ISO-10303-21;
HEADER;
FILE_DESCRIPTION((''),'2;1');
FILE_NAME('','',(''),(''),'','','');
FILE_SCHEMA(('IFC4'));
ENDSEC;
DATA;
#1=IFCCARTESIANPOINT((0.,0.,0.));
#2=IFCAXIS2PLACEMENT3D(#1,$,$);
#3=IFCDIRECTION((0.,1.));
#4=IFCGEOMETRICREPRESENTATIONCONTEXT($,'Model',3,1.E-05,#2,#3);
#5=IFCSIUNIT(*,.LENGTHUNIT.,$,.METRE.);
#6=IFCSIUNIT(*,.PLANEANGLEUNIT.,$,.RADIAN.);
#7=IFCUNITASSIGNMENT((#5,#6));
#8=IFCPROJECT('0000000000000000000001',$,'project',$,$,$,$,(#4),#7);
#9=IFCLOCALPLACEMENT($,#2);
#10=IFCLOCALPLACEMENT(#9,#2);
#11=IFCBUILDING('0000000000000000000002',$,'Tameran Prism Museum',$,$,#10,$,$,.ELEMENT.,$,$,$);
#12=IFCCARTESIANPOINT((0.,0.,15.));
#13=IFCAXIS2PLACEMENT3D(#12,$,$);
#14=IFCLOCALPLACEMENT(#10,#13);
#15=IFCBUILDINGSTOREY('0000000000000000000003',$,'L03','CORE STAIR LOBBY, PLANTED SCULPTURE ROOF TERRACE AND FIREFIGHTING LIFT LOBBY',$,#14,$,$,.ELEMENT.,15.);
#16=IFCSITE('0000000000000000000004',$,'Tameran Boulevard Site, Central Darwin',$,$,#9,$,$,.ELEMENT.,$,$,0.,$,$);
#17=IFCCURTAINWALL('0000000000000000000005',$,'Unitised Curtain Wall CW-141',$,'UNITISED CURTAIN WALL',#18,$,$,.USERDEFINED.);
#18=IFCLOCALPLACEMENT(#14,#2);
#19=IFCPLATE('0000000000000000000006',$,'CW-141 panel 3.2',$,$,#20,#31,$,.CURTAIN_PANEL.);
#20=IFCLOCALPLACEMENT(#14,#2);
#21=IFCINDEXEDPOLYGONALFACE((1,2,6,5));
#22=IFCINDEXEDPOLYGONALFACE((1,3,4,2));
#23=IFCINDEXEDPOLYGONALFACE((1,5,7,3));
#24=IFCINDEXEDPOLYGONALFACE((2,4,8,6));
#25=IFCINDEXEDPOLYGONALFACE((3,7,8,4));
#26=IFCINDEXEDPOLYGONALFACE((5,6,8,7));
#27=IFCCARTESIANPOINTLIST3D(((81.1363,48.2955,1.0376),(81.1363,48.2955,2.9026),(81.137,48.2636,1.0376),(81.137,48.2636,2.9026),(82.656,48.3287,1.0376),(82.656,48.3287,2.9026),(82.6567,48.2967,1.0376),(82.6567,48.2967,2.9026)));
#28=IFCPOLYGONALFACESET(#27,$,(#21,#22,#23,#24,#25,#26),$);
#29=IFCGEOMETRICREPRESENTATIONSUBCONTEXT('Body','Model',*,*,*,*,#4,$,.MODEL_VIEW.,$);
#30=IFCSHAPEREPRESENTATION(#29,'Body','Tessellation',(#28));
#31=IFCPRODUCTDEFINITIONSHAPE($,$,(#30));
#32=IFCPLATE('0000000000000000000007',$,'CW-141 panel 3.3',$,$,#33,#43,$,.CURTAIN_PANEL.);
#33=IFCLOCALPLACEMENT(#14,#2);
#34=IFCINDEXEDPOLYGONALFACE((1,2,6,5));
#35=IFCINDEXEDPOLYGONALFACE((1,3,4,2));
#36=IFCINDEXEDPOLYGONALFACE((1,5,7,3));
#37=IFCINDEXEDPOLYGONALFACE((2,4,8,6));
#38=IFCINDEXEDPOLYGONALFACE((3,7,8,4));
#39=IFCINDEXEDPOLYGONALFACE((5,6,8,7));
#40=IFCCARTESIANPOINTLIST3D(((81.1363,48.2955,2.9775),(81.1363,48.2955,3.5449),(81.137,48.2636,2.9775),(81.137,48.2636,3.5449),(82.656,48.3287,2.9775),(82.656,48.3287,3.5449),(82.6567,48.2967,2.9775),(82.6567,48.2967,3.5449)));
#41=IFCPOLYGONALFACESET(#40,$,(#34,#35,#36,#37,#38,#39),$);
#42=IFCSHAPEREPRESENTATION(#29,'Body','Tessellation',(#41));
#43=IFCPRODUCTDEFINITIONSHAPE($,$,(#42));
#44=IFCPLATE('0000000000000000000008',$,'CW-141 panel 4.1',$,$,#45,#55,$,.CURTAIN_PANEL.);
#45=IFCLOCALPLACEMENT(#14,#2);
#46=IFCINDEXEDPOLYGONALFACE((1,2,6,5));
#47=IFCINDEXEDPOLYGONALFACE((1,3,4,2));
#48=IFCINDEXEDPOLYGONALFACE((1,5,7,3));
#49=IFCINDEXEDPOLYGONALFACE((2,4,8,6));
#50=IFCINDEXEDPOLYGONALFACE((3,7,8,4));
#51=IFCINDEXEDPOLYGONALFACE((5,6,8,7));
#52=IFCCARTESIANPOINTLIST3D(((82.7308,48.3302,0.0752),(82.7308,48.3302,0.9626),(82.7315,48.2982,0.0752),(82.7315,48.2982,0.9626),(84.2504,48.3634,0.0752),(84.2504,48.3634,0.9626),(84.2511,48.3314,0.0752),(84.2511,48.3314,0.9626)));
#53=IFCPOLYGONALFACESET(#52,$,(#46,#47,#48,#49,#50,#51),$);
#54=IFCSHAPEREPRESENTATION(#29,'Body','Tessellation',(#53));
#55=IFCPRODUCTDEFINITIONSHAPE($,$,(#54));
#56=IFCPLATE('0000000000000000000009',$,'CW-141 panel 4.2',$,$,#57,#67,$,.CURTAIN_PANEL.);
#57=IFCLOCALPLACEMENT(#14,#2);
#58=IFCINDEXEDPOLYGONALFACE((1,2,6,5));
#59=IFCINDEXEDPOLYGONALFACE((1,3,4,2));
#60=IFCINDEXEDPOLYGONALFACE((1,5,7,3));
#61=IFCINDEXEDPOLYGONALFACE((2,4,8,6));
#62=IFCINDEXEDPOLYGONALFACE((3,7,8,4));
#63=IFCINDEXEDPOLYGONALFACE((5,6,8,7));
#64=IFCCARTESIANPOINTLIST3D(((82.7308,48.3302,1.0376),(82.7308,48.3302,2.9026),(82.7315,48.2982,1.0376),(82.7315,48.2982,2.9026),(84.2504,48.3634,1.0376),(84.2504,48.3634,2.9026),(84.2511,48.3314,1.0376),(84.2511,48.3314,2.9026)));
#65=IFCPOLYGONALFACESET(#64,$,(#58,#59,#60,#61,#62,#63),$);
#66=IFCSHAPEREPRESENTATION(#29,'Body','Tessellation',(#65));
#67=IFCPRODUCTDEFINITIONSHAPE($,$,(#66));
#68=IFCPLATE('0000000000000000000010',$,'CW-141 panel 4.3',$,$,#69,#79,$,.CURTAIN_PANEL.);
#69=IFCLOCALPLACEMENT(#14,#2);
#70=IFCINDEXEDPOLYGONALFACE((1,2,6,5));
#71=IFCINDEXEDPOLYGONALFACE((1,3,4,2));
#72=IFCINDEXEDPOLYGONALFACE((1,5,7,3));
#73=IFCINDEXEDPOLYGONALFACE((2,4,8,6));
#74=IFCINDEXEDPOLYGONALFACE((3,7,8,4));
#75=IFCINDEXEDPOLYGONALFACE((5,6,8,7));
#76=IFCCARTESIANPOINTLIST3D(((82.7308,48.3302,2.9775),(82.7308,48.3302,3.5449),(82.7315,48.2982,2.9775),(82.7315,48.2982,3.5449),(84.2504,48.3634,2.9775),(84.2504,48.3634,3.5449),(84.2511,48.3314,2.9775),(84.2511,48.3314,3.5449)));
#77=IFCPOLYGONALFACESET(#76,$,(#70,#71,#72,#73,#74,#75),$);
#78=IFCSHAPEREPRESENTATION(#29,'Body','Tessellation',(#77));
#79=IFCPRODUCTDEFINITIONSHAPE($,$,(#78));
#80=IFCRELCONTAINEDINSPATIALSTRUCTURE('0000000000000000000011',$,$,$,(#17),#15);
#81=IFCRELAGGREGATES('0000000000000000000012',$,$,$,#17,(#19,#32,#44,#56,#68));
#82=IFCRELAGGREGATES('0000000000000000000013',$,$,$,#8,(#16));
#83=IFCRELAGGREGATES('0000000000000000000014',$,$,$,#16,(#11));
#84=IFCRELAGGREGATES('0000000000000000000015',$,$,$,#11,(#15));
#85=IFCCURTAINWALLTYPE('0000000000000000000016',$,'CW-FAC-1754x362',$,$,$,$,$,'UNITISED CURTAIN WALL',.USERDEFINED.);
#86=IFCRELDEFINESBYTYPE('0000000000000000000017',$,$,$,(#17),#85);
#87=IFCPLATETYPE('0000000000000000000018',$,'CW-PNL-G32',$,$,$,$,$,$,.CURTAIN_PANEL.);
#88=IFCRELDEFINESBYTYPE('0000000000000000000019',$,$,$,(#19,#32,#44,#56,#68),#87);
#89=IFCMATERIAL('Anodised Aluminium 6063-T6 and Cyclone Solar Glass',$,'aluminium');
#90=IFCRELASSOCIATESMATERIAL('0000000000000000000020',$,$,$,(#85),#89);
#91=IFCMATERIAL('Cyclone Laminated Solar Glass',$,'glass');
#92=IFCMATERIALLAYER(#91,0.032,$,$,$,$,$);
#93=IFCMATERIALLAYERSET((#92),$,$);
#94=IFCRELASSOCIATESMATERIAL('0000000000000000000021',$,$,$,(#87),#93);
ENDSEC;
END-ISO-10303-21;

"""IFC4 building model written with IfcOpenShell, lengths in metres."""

from ifc_helpers import new_model, si_unit, direction, frame, origin, origin_2d, place, context, subcontext, project, spatial, rectangle, extrude, material, layer, layer_set, type_object, element, aggregate, save


model = new_model("IFC4")

# Units and contexts
model_context = context("Model", 3, precision=1e-05, world=origin(), true_north=direction((0.0, 1.0)))
body_context = subcontext(model_context, "Body", "Model", "MODEL_VIEW")
ifc_project = project(units=[si_unit("LENGTHUNIT", "METRE"), si_unit("PLANEANGLEUNIT", "RADIAN")], contexts=[model_context])

# Site, building, storey
site_placement = place(None, origin())
site = spatial("IfcSite", under=ifc_project, at=site_placement, Name="Tameran Boulevard Site, Central Darwin", CompositionType="ELEMENT", RefElevation=0.0)
building_placement = place(site_placement, origin())
building = spatial("IfcBuilding", under=site, at=building_placement, Name="Tameran Prism Museum", CompositionType="ELEMENT")
storey_placement = place(building_placement, frame((0.0, 0.0, 15.0)))
storey = spatial("IfcBuildingStorey", under=building, at=storey_placement, Name="L03", Description="CORE STAIR LOBBY, PLANTED SCULPTURE ROOF TERRACE AND FIREFIGHTING LIFT LOBBY", CompositionType="ELEMENT", Elevation=15.0)

# Curtain wall
ifc_material_1 = material(Name="Anodised Aluminium 6063-T6 and Cyclone Solar Glass", Category="aluminium")
curtain_wall_type_1 = type_object("IfcCurtainWallType", Name="CW-FAC-1754x362", ElementType="UNITISED CURTAIN WALL", PredefinedType="USERDEFINED", material=ifc_material_1)
curtain_wall_1_placement = place(storey_placement, origin())
curtain_wall_1 = element("IfcCurtainWall", 1, at=curtain_wall_1_placement, inside=storey, type_object=curtain_wall_type_1, Name="Unitised Curtain Wall CW-141", ObjectType="UNITISED CURTAIN WALL", PredefinedType="USERDEFINED")

# Plates
ifc_material_2 = material(Name="Cyclone Laminated Solar Glass", Category="glass")
ifc_layer_1 = layer(ifc_material_2, 0.032)
ifc_layer_set_1 = layer_set([ifc_layer_1])
plate_type_1 = type_object("IfcPlateType", Name="CW-PNL-G32", PredefinedType="CURTAIN_PANEL", material=ifc_layer_set_1)
plate_1_placement = place(storey_placement, frame((81.8965, 48.2961, 1.0376), z_axis=(0.0, 0.0, 1.0), x_axis=(0.999762, 0.021831, 0.0)))
plate_1 = element("IfcPlate", 2, at=plate_1_placement, type_object=plate_type_1, Name="CW-141 panel 3.2", PredefinedType="CURTAIN_PANEL", context=body_context, shape_type="SweptSolid", body=[
    extrude(rectangle(XDim=1.52, YDim=0.032, at=origin_2d()), origin(), (0.0, 0.0, 1.0), 1.865),
])
plate_2_placement = place(storey_placement, frame((81.8965, 48.2961, 2.9775), z_axis=(0.0, 0.0, 1.0), x_axis=(0.999762, 0.021831, 0.0)))
plate_2 = element("IfcPlate", 3, at=plate_2_placement, type_object=plate_type_1, Name="CW-141 panel 3.3", PredefinedType="CURTAIN_PANEL", context=body_context, shape_type="SweptSolid", body=[
    extrude(rectangle(XDim=1.52, YDim=0.032, at=origin_2d()), origin(), (0.0, 0.0, 1.0), 0.5674),
])
plate_3_placement = place(storey_placement, frame((83.491, 48.3308, 0.0752), z_axis=(0.0, 0.0, 1.0), x_axis=(0.999762, 0.021831, 0.0)))
plate_3 = element("IfcPlate", 4, at=plate_3_placement, type_object=plate_type_1, Name="CW-141 panel 4.1", PredefinedType="CURTAIN_PANEL", context=body_context, shape_type="SweptSolid", body=[
    extrude(rectangle(XDim=1.52, YDim=0.032, at=origin_2d()), origin(), (0.0, 0.0, 1.0), 0.8875),
])
plate_4_placement = place(storey_placement, frame((83.491, 48.3308, 1.0376), z_axis=(0.0, 0.0, 1.0), x_axis=(0.999762, 0.021831, 0.0)))
plate_4 = element("IfcPlate", 5, at=plate_4_placement, type_object=plate_type_1, Name="CW-141 panel 4.2", PredefinedType="CURTAIN_PANEL", context=body_context, shape_type="SweptSolid", body=[
    extrude(rectangle(XDim=1.52, YDim=0.032, at=origin_2d()), origin(), (0.0, 0.0, 1.0), 1.865),
])
plate_5_placement = place(storey_placement, frame((83.491, 48.3308, 2.9775), z_axis=(0.0, 0.0, 1.0), x_axis=(0.999762, 0.021831, 0.0)))
plate_5 = element("IfcPlate", 6, at=plate_5_placement, type_object=plate_type_1, Name="CW-141 panel 4.3", PredefinedType="CURTAIN_PANEL", context=body_context, shape_type="SweptSolid", body=[
    extrude(rectangle(XDim=1.52, YDim=0.032, at=origin_2d()), origin(), (0.0, 0.0, 1.0), 0.5674),
])
aggregate(curtain_wall_1, [plate_1, plate_2, plate_3, plate_4, plate_5])

save(model, "model.ifc")
